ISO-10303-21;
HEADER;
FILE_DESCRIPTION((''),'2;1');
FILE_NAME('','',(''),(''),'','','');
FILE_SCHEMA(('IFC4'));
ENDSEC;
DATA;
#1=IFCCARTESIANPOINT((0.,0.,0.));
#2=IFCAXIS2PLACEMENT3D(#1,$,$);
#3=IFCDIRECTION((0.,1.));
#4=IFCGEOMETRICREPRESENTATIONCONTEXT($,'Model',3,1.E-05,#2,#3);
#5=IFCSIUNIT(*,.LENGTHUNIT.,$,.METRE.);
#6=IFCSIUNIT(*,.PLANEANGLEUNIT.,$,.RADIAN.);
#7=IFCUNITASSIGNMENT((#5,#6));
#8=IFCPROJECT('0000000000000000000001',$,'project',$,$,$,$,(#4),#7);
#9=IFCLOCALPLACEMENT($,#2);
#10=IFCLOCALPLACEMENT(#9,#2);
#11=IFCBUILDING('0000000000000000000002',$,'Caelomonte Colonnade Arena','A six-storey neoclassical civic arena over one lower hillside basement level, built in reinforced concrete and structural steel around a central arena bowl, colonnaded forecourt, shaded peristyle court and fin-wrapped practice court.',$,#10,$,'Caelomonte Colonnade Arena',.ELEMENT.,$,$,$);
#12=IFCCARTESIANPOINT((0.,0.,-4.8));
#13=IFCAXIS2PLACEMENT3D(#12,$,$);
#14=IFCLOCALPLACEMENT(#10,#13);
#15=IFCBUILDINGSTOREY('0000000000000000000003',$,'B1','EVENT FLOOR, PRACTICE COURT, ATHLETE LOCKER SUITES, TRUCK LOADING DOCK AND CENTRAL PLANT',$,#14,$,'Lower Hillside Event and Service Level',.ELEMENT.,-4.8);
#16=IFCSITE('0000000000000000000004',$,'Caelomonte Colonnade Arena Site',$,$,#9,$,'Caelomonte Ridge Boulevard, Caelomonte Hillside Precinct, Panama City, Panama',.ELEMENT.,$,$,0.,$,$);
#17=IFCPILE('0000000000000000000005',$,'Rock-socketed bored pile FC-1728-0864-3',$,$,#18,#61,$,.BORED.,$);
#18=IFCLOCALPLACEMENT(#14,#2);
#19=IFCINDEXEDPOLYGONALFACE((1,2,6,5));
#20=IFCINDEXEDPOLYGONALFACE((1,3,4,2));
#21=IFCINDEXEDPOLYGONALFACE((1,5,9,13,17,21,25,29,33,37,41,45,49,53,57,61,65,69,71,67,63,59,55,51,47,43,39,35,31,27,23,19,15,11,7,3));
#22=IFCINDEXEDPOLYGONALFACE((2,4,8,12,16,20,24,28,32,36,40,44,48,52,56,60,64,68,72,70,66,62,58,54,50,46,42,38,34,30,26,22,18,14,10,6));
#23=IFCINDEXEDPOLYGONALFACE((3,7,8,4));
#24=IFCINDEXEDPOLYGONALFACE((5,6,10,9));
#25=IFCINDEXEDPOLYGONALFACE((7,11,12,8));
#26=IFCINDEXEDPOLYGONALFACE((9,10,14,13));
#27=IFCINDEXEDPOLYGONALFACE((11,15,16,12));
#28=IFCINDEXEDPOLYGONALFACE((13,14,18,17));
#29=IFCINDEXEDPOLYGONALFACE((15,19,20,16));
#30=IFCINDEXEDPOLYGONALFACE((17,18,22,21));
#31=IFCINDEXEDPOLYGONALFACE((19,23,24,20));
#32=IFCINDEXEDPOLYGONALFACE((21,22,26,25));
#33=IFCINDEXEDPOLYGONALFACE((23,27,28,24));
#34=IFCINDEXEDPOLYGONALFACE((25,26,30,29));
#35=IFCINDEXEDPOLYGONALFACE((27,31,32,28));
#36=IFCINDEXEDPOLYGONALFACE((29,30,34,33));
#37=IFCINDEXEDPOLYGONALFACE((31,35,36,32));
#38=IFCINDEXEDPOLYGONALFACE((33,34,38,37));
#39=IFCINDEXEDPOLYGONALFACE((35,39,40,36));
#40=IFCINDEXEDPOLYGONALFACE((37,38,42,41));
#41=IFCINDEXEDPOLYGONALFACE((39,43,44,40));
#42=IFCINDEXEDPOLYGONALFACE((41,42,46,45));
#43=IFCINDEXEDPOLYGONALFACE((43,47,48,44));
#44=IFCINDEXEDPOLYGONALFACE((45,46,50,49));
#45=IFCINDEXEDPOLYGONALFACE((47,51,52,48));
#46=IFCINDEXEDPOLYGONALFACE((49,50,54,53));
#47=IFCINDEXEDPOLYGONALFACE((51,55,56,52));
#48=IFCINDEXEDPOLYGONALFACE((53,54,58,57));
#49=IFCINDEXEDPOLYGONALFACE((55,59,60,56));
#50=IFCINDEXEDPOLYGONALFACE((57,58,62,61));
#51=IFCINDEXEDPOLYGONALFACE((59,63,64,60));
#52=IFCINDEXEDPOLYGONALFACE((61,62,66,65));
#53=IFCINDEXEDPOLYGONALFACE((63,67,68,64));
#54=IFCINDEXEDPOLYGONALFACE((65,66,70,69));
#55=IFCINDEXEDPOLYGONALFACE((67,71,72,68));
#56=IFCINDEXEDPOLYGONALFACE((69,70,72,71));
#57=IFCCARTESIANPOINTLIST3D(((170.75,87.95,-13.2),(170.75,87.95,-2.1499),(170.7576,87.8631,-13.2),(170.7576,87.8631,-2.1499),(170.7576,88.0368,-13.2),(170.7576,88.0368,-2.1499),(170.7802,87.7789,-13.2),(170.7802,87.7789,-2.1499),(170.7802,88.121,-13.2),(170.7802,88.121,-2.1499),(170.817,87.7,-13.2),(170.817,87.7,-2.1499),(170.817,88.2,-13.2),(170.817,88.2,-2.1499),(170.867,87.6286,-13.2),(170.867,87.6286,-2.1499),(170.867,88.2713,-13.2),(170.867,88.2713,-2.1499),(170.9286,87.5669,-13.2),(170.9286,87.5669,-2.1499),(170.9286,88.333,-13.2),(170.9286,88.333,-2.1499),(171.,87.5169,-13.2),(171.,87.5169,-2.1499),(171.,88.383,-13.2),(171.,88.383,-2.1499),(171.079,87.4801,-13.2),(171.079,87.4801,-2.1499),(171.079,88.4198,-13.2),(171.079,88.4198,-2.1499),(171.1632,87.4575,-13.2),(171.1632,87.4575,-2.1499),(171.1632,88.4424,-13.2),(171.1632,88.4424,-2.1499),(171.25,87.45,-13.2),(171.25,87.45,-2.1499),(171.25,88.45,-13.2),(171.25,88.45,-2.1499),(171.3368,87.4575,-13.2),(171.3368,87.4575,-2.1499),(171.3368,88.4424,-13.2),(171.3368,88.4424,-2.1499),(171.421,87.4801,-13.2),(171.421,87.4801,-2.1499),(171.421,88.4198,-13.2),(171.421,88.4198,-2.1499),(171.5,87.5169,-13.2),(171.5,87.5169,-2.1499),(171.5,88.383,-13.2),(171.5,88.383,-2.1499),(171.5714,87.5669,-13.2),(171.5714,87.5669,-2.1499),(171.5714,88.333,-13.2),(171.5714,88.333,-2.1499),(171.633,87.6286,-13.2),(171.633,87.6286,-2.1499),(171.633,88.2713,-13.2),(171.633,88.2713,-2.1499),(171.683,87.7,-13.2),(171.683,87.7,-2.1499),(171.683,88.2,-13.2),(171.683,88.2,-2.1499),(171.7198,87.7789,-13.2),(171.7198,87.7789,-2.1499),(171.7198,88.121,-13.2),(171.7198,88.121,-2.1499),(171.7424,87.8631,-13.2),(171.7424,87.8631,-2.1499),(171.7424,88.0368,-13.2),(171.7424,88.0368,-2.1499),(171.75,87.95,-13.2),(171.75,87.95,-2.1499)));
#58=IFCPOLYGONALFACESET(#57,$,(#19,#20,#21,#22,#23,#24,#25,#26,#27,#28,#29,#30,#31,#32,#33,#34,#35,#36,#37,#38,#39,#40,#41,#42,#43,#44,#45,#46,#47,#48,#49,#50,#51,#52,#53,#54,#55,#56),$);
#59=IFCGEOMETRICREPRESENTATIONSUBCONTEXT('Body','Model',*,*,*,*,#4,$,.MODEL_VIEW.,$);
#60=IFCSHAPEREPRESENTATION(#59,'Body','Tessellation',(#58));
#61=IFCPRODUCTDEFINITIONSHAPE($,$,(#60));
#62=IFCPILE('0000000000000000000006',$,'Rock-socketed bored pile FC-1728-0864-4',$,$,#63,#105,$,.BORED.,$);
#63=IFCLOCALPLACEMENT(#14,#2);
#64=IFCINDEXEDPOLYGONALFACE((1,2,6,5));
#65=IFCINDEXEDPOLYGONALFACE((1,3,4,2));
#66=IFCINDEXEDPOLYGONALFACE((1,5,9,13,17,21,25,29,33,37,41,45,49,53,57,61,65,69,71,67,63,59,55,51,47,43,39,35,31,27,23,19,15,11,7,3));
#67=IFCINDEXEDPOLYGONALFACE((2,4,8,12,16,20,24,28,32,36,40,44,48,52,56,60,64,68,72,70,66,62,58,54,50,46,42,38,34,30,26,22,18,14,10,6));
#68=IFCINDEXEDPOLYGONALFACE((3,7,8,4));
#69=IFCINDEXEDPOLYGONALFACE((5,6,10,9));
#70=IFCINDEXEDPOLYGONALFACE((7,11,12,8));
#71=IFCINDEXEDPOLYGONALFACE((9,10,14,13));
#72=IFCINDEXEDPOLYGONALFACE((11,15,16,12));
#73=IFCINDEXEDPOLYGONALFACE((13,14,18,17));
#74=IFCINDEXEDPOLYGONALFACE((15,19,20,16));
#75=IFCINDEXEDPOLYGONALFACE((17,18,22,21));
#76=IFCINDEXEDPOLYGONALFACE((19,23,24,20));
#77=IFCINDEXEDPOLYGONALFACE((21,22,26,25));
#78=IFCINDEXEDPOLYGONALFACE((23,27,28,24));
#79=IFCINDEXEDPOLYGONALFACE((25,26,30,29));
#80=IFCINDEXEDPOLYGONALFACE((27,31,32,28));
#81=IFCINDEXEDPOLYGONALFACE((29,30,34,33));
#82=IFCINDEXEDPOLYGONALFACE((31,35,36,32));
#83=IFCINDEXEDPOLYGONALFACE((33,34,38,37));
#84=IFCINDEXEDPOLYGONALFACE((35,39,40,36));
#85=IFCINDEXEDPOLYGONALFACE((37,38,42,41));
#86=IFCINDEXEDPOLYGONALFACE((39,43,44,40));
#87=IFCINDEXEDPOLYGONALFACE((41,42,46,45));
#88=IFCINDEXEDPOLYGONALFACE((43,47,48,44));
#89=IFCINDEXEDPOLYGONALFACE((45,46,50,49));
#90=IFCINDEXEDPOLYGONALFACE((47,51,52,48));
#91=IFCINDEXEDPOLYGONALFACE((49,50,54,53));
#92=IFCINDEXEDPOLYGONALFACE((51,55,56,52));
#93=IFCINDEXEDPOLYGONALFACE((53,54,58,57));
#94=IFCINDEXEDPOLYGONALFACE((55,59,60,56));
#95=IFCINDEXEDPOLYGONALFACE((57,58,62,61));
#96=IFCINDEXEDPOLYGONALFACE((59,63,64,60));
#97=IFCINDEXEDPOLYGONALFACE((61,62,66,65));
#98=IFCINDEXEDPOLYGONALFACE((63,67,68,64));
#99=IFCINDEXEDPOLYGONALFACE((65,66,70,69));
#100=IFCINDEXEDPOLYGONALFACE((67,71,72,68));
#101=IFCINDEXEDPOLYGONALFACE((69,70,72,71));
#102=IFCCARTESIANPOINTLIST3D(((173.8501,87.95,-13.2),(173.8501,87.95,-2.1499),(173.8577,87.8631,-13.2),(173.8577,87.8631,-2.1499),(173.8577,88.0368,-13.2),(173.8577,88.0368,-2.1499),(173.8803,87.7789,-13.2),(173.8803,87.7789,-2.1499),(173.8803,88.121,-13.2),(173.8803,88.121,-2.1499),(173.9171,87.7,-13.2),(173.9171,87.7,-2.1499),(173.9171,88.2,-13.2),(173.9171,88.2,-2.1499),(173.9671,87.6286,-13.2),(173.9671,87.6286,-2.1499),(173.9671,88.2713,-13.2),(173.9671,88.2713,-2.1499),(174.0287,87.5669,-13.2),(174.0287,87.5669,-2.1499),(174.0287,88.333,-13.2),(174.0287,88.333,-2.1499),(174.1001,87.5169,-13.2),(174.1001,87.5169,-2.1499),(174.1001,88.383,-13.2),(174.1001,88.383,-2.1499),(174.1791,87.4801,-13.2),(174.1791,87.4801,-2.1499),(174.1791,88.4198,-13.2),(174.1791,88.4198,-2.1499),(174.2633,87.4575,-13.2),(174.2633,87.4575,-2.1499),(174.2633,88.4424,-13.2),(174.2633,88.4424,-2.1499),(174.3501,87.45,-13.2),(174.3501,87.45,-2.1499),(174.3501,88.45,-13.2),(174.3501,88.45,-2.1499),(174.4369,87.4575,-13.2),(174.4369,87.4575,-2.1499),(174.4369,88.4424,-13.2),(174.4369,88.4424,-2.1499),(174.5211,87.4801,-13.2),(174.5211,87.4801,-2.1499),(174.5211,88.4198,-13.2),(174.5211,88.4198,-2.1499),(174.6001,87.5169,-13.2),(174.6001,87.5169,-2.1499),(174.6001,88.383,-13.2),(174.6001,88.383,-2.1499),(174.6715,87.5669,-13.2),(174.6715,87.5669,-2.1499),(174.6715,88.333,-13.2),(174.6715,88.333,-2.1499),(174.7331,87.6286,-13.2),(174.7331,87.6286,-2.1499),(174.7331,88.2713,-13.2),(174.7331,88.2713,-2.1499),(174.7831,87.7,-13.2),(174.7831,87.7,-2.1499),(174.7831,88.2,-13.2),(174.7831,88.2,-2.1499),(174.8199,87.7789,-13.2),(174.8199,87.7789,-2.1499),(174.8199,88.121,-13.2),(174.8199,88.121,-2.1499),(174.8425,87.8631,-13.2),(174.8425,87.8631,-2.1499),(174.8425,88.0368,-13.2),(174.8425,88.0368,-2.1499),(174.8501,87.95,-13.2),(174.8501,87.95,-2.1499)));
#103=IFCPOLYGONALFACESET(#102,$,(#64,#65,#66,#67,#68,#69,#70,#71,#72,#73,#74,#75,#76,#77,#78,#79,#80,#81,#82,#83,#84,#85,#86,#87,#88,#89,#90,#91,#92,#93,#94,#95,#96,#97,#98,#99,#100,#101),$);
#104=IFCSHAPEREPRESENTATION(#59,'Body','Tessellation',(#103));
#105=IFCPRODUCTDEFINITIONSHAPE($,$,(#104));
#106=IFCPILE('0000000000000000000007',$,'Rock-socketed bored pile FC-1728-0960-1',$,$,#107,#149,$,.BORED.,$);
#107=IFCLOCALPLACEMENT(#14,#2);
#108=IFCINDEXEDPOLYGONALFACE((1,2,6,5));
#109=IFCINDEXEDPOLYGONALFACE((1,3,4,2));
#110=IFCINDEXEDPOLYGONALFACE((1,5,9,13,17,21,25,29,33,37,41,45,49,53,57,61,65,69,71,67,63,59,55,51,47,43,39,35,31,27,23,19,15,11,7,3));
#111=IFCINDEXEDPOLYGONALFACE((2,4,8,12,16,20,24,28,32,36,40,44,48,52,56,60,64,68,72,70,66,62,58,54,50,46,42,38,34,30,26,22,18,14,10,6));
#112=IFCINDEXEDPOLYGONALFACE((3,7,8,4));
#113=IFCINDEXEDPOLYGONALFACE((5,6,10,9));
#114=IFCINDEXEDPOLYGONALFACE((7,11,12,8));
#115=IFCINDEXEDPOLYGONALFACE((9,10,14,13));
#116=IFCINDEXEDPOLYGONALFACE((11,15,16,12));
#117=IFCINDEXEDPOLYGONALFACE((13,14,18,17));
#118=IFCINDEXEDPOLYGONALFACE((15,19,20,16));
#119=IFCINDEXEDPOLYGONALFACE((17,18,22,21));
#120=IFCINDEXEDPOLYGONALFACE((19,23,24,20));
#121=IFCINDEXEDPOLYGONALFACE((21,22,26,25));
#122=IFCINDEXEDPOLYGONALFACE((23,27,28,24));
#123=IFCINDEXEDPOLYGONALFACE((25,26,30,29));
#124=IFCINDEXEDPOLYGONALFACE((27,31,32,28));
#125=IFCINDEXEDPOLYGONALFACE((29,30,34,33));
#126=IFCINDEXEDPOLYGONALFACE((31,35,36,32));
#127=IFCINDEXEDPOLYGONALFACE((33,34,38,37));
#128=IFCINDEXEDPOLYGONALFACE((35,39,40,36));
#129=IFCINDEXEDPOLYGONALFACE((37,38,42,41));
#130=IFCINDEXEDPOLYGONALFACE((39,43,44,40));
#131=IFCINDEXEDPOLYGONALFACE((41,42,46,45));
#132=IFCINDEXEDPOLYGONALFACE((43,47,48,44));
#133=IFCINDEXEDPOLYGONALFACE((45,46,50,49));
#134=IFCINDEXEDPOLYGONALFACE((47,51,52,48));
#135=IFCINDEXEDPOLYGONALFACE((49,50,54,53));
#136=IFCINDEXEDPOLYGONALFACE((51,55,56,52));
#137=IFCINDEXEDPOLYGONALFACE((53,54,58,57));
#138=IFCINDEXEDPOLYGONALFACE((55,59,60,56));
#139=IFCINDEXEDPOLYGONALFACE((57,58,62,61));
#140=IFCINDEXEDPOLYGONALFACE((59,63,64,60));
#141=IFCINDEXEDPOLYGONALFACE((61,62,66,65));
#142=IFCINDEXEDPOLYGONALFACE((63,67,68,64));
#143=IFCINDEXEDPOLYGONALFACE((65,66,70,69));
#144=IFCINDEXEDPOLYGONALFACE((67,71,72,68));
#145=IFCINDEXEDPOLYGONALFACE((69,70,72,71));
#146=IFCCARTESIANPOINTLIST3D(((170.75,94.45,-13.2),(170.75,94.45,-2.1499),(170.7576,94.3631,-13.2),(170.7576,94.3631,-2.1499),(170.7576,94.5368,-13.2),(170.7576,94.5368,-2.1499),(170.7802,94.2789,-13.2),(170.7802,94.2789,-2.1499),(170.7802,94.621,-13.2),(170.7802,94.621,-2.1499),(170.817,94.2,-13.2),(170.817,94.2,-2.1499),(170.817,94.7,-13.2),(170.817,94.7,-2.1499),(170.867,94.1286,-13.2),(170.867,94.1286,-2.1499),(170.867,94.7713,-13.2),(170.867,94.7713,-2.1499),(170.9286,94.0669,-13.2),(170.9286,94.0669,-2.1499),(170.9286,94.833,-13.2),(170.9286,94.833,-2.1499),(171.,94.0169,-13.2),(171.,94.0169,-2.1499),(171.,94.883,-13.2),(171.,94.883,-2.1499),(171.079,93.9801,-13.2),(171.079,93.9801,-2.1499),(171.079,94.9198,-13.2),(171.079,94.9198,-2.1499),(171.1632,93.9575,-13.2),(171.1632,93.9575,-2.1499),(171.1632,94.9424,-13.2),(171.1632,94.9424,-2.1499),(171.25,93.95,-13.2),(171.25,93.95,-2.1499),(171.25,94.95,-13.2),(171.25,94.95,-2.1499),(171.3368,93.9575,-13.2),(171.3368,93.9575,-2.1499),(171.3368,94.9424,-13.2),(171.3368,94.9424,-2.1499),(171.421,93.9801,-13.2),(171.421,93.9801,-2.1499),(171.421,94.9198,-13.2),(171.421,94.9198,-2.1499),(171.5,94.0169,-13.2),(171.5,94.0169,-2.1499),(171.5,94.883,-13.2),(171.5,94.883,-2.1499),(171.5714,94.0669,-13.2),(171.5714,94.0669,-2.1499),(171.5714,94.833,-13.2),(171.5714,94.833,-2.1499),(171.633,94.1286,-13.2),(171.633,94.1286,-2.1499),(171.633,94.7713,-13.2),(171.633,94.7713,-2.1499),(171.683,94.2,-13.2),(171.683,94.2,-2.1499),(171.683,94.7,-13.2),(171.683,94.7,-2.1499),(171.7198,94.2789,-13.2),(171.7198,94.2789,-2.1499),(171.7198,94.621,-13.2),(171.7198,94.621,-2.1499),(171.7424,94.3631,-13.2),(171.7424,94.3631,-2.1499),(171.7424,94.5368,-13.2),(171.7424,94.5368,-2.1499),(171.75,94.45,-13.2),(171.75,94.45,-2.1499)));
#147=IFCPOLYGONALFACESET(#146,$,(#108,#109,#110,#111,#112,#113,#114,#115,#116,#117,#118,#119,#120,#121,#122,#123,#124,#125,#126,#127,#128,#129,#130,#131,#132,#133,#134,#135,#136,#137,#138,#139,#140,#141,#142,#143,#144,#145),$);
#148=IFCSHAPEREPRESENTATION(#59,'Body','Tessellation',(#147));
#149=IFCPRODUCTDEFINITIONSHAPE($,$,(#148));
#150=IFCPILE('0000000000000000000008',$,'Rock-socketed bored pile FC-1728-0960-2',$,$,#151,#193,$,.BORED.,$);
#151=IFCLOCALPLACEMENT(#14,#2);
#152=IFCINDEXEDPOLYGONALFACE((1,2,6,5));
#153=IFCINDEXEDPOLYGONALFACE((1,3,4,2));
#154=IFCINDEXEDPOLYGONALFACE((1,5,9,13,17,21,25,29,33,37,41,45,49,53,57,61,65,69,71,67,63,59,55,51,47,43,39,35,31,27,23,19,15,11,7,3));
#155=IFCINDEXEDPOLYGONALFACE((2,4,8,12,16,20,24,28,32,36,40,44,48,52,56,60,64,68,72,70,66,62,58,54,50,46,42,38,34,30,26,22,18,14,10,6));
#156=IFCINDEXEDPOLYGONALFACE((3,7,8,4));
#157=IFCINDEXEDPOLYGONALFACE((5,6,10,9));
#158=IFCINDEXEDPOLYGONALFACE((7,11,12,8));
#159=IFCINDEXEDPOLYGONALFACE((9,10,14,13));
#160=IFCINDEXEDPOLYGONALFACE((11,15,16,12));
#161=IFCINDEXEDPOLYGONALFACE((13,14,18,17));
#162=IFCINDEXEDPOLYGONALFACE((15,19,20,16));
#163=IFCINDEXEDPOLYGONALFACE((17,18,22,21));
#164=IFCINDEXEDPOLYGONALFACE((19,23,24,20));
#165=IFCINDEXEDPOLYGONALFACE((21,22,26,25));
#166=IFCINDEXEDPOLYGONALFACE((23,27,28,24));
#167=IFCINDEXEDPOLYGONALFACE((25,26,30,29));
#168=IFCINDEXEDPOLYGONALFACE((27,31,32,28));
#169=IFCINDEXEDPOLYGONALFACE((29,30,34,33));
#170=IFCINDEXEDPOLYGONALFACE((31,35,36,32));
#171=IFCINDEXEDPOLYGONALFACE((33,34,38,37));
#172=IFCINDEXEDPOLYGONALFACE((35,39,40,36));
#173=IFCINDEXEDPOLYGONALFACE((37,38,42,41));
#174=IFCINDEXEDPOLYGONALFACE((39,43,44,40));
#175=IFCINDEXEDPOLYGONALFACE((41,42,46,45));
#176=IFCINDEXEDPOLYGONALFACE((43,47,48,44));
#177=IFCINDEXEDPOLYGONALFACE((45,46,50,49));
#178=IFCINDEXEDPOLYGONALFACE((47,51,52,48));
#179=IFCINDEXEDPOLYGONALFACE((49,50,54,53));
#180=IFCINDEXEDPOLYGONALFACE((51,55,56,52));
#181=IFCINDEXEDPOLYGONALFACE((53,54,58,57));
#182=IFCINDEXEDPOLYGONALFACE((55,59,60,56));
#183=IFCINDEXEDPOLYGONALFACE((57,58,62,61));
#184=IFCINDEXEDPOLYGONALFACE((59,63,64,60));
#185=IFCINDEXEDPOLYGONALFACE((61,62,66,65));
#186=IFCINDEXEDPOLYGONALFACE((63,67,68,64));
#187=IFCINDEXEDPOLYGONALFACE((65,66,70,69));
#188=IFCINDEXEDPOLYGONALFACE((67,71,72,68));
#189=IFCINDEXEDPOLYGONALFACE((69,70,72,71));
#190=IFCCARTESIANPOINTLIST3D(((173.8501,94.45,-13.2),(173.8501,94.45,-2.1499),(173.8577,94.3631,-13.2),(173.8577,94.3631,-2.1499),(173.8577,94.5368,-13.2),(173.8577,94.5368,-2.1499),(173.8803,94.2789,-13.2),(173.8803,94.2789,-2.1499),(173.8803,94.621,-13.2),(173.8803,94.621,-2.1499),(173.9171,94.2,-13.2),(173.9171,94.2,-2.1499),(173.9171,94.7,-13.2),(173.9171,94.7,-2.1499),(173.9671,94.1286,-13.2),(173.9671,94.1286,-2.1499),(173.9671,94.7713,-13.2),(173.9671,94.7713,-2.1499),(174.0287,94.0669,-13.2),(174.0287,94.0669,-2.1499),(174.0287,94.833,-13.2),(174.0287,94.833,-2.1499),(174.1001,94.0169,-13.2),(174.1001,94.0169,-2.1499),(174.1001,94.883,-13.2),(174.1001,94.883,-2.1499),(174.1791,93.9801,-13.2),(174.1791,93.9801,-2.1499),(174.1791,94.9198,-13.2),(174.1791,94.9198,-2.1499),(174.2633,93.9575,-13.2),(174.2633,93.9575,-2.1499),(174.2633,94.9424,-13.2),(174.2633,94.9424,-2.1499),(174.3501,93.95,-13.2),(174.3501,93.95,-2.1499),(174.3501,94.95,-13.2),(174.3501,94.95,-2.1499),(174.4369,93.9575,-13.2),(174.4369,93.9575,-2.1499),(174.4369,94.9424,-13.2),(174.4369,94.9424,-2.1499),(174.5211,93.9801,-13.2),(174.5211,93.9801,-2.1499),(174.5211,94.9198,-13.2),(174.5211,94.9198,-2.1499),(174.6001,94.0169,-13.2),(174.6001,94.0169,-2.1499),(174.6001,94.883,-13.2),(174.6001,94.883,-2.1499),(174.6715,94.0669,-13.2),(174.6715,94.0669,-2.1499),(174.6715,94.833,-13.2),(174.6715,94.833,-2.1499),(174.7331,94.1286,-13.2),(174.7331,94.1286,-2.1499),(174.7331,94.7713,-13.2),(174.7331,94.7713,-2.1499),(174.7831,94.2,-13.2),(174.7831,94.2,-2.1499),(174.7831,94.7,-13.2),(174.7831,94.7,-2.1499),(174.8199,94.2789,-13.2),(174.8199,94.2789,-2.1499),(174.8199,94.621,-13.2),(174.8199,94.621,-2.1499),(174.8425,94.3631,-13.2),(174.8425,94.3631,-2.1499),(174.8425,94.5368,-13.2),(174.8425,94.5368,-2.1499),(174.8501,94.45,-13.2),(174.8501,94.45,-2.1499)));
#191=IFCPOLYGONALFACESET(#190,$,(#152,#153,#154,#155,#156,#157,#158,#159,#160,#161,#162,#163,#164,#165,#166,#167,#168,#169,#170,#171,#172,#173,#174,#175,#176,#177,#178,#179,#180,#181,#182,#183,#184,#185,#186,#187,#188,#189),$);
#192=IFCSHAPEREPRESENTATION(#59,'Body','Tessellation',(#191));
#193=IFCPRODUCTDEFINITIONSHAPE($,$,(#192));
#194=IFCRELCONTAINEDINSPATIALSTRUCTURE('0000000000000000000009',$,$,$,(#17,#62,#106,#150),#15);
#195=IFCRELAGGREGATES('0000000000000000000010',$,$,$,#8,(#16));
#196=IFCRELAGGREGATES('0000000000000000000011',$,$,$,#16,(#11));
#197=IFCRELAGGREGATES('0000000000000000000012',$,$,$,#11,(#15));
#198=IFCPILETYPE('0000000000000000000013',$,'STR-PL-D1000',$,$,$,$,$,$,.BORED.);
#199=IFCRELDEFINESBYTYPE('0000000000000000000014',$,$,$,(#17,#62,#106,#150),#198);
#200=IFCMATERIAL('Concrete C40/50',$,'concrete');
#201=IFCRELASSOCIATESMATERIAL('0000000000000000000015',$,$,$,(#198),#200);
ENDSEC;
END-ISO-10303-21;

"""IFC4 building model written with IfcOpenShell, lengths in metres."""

from ifc_helpers import new_model, si_unit, direction, frame, origin, origin_2d, place, context, subcontext, project, spatial, circle, extrude, material, material_profile, profile_set, type_object, element, save


model = new_model("IFC4")

# Units and contexts
model_context = context("Model", 3, precision=1e-05, world=origin(), true_north=direction((0.0, 1.0)))
body_context = subcontext(model_context, "Body", "Model", "MODEL_VIEW")
ifc_project = project(units=[si_unit("LENGTHUNIT", "METRE"), si_unit("PLANEANGLEUNIT", "RADIAN")], contexts=[model_context])

# Site, building, storey
site_placement = place(None, origin())
site = spatial("IfcSite", under=ifc_project, at=site_placement, Name="Caelomonte Colonnade Arena Site", LongName="Caelomonte Ridge Boulevard, Caelomonte Hillside Precinct, Panama City, Panama", CompositionType="ELEMENT", RefElevation=0.0)
building_placement = place(site_placement, origin())
building = spatial("IfcBuilding", under=site, at=building_placement, Name="Caelomonte Colonnade Arena", Description="A six-storey neoclassical civic arena over one lower hillside basement level, built in reinforced concrete and structural steel around a central arena bowl, colonnaded forecourt, shaded peristyle court and fin-wrapped practice court.", LongName="Caelomonte Colonnade Arena", CompositionType="ELEMENT")
storey_placement = place(building_placement, frame((0.0, 0.0, -4.8)))
storey = spatial("IfcBuildingStorey", under=building, at=storey_placement, Name="B1", Description="EVENT FLOOR, PRACTICE COURT, ATHLETE LOCKER SUITES, TRUCK LOADING DOCK AND CENTRAL PLANT", LongName="Lower Hillside Event and Service Level", CompositionType="ELEMENT", Elevation=-4.8)

# Shared definitions
ifc_material_1 = material(Name="Concrete C40/50", Category="concrete")

# Piles
ifc_material_profile_1 = material_profile(ifc_material_1, circle(Radius=0.5, at=origin_2d()), Name="PILE-D1000")
ifc_profile_set_1 = profile_set([ifc_material_profile_1], Name="Concrete C40/50")
pile_type_1 = type_object("IfcPileType", Name="STR-PL-D1000", PredefinedType="BORED", material=ifc_profile_set_1)
for number, where, z_axis, x_axis, name in (
    (1, (171.25, 87.95, -2.1499), (0.0, 0.0, -1.0), (1.0, 0.0, 0.0), "Rock-socketed bored pile FC-1728-0864-3"),
    (2, (174.3501, 87.95, -2.1499), (0.0, 0.0, -1.0), (1.0, 0.0, 0.0), "Rock-socketed bored pile FC-1728-0864-4"),
    (3, (171.25, 94.45, -2.1499), (0.0, 0.0, -1.0), (1.0, 0.0, 0.0), "Rock-socketed bored pile FC-1728-0960-1"),
    (4, (174.3501, 94.45, -2.1499), (0.0, 0.0, -1.0), (1.0, 0.0, 0.0), "Rock-socketed bored pile FC-1728-0960-2"),
):
    element("IfcPile", number, at=place(storey_placement, frame(where, z_axis=z_axis, x_axis=x_axis)), inside=storey, type_object=pile_type_1, Name=name, PredefinedType="BORED", context=body_context, shape_type="SweptSolid", body=[
        extrude(circle(Radius=0.5, at=origin_2d()), origin(), (0.0, 0.0, 1.0), 11.05),
    ])

save(model, "model.ifc")
